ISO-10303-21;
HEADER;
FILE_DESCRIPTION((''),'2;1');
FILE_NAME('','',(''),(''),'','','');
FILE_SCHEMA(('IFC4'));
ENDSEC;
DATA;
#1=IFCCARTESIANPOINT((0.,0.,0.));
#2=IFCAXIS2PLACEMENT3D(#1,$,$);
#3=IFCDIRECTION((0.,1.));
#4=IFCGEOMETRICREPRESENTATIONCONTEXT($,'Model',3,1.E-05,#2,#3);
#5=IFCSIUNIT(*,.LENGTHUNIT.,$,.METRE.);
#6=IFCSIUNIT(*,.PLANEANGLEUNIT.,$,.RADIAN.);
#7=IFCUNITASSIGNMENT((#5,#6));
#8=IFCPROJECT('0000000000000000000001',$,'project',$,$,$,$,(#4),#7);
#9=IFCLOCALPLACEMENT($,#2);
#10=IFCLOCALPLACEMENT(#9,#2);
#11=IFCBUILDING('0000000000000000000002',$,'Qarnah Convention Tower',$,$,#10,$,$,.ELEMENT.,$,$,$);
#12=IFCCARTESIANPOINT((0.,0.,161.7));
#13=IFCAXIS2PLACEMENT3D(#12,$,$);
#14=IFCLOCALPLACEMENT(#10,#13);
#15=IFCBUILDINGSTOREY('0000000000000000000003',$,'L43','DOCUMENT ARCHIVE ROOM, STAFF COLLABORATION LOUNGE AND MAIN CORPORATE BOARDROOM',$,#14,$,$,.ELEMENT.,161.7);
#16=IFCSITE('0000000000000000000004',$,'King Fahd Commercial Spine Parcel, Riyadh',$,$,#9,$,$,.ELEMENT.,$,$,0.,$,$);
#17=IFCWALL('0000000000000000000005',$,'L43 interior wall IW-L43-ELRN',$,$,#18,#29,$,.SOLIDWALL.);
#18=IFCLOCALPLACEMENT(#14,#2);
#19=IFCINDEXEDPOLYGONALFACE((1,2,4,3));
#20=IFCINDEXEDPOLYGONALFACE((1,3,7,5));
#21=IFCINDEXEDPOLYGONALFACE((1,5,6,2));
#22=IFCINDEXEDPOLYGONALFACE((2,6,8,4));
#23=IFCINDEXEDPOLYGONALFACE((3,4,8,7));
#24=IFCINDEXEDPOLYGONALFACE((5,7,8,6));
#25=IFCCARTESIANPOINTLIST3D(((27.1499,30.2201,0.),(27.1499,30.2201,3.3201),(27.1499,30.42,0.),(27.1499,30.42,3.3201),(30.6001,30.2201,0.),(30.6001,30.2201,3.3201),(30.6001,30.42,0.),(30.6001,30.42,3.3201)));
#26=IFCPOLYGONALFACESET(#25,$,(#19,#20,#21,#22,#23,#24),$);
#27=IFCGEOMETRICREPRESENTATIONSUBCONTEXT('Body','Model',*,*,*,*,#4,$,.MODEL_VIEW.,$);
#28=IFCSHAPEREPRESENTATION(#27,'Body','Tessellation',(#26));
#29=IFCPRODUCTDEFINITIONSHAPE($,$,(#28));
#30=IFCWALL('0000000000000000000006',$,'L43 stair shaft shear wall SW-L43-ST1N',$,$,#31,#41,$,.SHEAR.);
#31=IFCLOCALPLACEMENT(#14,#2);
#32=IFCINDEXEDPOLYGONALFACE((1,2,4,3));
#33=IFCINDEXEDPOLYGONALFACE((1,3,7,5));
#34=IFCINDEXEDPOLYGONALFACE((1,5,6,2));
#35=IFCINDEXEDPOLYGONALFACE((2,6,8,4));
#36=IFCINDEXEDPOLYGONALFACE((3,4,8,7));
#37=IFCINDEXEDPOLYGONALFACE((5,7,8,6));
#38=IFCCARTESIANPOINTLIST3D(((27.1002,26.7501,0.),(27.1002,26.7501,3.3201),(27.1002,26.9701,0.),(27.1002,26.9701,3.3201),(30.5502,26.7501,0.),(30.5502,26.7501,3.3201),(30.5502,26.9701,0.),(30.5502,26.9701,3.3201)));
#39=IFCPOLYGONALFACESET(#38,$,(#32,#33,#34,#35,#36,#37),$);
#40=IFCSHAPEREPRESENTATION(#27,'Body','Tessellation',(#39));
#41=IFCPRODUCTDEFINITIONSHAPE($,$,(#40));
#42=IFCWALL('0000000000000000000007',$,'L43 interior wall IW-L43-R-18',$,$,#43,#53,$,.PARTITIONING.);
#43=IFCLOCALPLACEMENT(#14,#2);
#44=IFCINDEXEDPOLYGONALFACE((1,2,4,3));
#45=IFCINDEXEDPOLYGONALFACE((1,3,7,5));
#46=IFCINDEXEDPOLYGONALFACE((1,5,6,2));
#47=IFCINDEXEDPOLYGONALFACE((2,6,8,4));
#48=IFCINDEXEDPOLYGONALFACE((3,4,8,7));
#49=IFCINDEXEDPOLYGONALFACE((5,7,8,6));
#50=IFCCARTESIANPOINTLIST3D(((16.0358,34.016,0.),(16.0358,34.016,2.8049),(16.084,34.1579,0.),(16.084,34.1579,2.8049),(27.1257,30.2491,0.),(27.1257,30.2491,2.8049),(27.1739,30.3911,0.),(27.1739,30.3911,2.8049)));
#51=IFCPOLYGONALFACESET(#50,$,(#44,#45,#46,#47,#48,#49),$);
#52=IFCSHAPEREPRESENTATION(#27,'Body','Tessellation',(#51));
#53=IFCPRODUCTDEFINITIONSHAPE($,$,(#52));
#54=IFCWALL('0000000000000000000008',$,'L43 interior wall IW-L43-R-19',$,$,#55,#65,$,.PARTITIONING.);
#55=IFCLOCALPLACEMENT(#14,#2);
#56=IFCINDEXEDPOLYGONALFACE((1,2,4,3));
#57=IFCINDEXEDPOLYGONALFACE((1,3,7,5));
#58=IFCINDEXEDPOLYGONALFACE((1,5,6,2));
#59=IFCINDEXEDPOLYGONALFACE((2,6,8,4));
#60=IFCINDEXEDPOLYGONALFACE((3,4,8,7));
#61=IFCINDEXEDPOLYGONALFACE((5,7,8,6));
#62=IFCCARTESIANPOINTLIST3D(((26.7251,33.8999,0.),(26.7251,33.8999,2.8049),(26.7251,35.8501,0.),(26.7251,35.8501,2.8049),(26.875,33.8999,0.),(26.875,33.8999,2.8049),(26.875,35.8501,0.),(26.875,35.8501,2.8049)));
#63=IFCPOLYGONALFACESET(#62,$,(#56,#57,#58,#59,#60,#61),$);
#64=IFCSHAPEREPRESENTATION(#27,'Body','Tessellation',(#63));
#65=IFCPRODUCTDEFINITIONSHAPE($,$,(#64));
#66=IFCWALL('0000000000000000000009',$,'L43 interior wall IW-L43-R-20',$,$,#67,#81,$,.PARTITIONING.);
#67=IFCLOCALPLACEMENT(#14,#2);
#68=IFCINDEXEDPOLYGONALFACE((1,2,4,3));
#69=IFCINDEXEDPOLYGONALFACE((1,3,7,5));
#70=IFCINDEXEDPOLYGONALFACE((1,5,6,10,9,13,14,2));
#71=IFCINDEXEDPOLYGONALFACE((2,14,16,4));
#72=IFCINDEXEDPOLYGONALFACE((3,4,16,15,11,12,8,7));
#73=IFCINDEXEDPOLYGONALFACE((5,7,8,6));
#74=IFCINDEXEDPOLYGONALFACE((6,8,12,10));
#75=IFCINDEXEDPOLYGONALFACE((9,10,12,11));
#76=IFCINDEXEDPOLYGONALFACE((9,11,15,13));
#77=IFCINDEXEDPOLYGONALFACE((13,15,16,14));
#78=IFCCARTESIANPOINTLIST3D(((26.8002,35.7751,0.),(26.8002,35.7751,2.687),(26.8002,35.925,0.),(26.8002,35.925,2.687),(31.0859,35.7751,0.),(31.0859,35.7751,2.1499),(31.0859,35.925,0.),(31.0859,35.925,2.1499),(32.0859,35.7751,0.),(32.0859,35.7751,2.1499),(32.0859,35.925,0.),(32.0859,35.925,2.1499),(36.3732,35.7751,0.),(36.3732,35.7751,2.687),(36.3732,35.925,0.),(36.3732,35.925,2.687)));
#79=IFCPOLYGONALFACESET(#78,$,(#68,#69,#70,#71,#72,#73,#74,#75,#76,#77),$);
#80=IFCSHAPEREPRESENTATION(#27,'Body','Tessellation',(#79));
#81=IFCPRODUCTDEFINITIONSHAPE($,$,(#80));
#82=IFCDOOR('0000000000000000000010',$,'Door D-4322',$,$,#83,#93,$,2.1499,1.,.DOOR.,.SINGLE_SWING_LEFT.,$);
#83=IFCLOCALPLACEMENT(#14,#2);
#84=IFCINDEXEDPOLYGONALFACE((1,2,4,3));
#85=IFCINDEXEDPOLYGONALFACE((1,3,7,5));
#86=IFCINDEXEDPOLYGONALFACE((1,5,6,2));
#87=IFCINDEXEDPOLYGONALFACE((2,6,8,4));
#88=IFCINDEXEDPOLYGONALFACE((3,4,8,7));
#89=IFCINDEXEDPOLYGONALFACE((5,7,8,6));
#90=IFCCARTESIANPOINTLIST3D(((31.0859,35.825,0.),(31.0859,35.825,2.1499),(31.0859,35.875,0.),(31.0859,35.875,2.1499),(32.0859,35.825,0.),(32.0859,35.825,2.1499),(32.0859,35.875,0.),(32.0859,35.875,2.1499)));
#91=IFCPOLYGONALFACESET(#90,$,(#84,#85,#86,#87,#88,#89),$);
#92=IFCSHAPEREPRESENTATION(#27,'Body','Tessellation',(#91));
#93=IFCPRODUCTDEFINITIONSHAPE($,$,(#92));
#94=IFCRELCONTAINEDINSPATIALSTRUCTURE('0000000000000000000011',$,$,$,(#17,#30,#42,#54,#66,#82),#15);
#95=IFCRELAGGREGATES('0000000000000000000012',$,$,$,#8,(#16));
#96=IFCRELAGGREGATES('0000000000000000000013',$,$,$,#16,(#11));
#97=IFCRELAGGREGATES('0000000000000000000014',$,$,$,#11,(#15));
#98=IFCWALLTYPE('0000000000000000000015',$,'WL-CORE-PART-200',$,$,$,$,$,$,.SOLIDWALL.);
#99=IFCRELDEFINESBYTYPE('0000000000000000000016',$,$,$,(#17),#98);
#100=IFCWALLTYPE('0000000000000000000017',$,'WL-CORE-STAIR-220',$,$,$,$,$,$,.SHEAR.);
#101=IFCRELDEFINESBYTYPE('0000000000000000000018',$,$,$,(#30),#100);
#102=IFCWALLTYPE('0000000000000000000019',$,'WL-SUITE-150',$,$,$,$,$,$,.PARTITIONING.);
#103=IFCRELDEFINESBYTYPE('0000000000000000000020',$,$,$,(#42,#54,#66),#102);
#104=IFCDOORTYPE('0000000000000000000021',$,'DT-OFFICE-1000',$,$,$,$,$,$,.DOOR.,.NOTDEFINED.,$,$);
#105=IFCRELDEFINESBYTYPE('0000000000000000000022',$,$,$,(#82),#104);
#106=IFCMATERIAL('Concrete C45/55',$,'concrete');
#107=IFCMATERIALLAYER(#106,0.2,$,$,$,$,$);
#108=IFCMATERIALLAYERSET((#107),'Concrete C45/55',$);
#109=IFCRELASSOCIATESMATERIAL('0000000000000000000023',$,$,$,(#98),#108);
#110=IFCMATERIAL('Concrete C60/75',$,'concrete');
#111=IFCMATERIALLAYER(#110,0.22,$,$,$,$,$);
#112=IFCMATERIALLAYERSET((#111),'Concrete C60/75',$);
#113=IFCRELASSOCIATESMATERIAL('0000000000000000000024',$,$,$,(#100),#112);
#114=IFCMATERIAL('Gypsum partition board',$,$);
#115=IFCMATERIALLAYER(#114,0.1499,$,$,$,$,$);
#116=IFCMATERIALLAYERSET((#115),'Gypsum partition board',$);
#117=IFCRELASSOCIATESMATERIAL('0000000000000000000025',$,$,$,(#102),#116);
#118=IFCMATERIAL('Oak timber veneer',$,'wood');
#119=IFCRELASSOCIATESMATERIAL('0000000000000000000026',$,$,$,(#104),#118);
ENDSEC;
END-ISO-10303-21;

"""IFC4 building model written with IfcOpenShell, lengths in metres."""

from ifc_helpers import new_model, si_unit, direction, frame, frame_2d, origin, place, context, subcontext, project, spatial, rectangle, extrude, material, layer, layer_set, type_object, element, fill, save


model = new_model("IFC4")

# Units and contexts
model_context = context("Model", 3, precision=1e-05, world=origin(), true_north=direction((0.0, 1.0)))
body_context = subcontext(model_context, "Body", "Model", "MODEL_VIEW")
ifc_project = project(units=[si_unit("LENGTHUNIT", "METRE"), si_unit("PLANEANGLEUNIT", "RADIAN")], contexts=[model_context])

# Site, building, storey
site_placement = place(None, origin())
site = spatial("IfcSite", under=ifc_project, at=site_placement, Name="King Fahd Commercial Spine Parcel, Riyadh", CompositionType="ELEMENT", RefElevation=0.0)
building_placement = place(site_placement, origin())
building = spatial("IfcBuilding", under=site, at=building_placement, Name="Qarnah Convention Tower", CompositionType="ELEMENT")
storey_placement = place(building_placement, frame((0.0, 0.0, 161.7)))
storey = spatial("IfcBuildingStorey", under=building, at=storey_placement, Name="L43", Description="DOCUMENT ARCHIVE ROOM, STAFF COLLABORATION LOUNGE AND MAIN CORPORATE BOARDROOM", CompositionType="ELEMENT", Elevation=161.7)

# Shared definitions
ifc_material_1 = material(Name="Concrete C60/75", Category="concrete")

# Walls
ifc_material_2 = material(Name="Concrete C45/55", Category="concrete")
ifc_layer_1 = layer(ifc_material_2, 0.2)
ifc_layer_set_1 = layer_set([ifc_layer_1], Name="Concrete C45/55")
wall_type_1 = type_object("IfcWallType", Name="WL-CORE-PART-200", PredefinedType="SOLIDWALL", material=ifc_layer_set_1)
wall_1_placement = place(storey_placement, frame((27.1499, 30.3201, 0.0), z_axis=(0.0, 0.0, 1.0), x_axis=(1.0, 0.0, 0.0)))
element("IfcWall", 1, at=wall_1_placement, inside=storey, type_object=wall_type_1, Name="L43 interior wall IW-L43-ELRN", PredefinedType="SOLIDWALL", context=body_context, shape_type="SweptSolid", body=[
    extrude(rectangle(XDim=3.4502, YDim=0.2, at=frame_2d((1.7251, 0.0))), origin(), (0.0, 0.0, 1.0), 3.3201),
])
ifc_layer_2 = layer(ifc_material_1, 0.22)
ifc_layer_set_2 = layer_set([ifc_layer_2], Name="Concrete C60/75")
wall_type_2 = type_object("IfcWallType", Name="WL-CORE-STAIR-220", PredefinedType="SHEAR", material=ifc_layer_set_2)
wall_2_placement = place(storey_placement, frame((27.1001, 26.8601, 0.0), z_axis=(0.0, 0.0, 1.0), x_axis=(1.0, 0.0, 0.0)))
element("IfcWall", 2, at=wall_2_placement, inside=storey, type_object=wall_type_2, Name="L43 stair shaft shear wall SW-L43-ST1N", PredefinedType="SHEAR", context=body_context, shape_type="SweptSolid", body=[
    extrude(rectangle(XDim=3.45, YDim=0.22, at=frame_2d((1.7251, 0.0))), origin(), (0.0, 0.0, 1.0), 3.3201),
])

# Walls
ifc_material_3 = material(Name="Gypsum partition board")
ifc_layer_3 = layer(ifc_material_3, 0.1499)
ifc_layer_set_3 = layer_set([ifc_layer_3], Name="Gypsum partition board")
wall_type_3 = type_object("IfcWallType", Name="WL-SUITE-150", PredefinedType="PARTITIONING", material=ifc_layer_set_3)
wall_3_placement = place(storey_placement, frame((16.0601, 34.0869, 0.0), z_axis=(0.0, 0.0, 1.0), x_axis=(0.946869, -0.321619, 0.0)))
element("IfcWall", 3, at=wall_3_placement, inside=storey, type_object=wall_type_3, Name="L43 interior wall IW-L43-R-18", PredefinedType="PARTITIONING", context=body_context, shape_type="SweptSolid", body=[
    extrude(rectangle(XDim=11.7122, YDim=0.1499, at=frame_2d((5.856, 0.0))), origin(), (0.0, 0.0, 1.0), 2.8049),
])
wall_4_placement = place(storey_placement, frame((26.8, 33.8999, 0.0), z_axis=(0.0, 0.0, 1.0), x_axis=(0.0, 1.0, 0.0)))
element("IfcWall", 4, at=wall_4_placement, inside=storey, type_object=wall_type_3, Name="L43 interior wall IW-L43-R-19", PredefinedType="PARTITIONING", context=body_context, shape_type="SweptSolid", body=[
    extrude(rectangle(XDim=1.9502, YDim=0.1499, at=frame_2d((0.9751, 0.0))), origin(), (0.0, 0.0, 1.0), 2.8049),
])

# Wall, opening, door
wall_5_placement = place(storey_placement, frame((26.8, 35.8501, 0.0), z_axis=(0.0, 0.0, 1.0), x_axis=(1.0, 0.0, 0.0)))
wall_5 = element("IfcWall", 5, at=wall_5_placement, inside=storey, type_object=wall_type_3, Name="L43 interior wall IW-L43-R-20", PredefinedType="PARTITIONING", context=body_context, shape_type="SweptSolid", body=[
    extrude(rectangle(XDim=9.573, YDim=0.1499, at=frame_2d((4.7866, 0.0))), origin(), (0.0, 0.0, 1.0), 2.687),
])
opening_1_placement = place(wall_5_placement, frame((4.2859, 0.0, 0.0)))
opening_1 = element("IfcOpeningElement", 6, at=opening_1_placement, cuts=wall_5, PredefinedType="OPENING", context=body_context, shape_type="SweptSolid", body=[
    extrude(rectangle(XDim=1.0, YDim=2.1499, at=frame_2d((0.5, 1.075))), frame((0.0, 0.085, 0.0), z_axis=(0.0, -1.0, 0.0), x_axis=(1.0, 0.0, 0.0)), (0.0, 0.0, 1.0), 0.1699),
])
ifc_material_4 = material(Name="Oak timber veneer", Category="wood")
door_type_1 = type_object("IfcDoorType", Name="DT-OFFICE-1000", OperationType="NOTDEFINED", PredefinedType="DOOR", material=ifc_material_4)
door_1_placement = place(opening_1_placement, origin())
door_1 = element("IfcDoor", 7, at=door_1_placement, inside=storey, type_object=door_type_1, Name="Door D-4322", OperationType="SINGLE_SWING_LEFT", OverallHeight=2.1499, OverallWidth=1.0, PredefinedType="DOOR", context=body_context, shape_type="SweptSolid", body=[
    extrude(rectangle(XDim=1.0, YDim=2.1499, at=frame_2d((0.5, 1.075))), frame((0.0, 0.0249, 0.0), z_axis=(0.0, -1.0, 0.0), x_axis=(1.0, 0.0, 0.0)), (0.0, 0.0, 1.0), 0.05),
])
fill(opening_1, door_1)

save(model, "model.ifc")
